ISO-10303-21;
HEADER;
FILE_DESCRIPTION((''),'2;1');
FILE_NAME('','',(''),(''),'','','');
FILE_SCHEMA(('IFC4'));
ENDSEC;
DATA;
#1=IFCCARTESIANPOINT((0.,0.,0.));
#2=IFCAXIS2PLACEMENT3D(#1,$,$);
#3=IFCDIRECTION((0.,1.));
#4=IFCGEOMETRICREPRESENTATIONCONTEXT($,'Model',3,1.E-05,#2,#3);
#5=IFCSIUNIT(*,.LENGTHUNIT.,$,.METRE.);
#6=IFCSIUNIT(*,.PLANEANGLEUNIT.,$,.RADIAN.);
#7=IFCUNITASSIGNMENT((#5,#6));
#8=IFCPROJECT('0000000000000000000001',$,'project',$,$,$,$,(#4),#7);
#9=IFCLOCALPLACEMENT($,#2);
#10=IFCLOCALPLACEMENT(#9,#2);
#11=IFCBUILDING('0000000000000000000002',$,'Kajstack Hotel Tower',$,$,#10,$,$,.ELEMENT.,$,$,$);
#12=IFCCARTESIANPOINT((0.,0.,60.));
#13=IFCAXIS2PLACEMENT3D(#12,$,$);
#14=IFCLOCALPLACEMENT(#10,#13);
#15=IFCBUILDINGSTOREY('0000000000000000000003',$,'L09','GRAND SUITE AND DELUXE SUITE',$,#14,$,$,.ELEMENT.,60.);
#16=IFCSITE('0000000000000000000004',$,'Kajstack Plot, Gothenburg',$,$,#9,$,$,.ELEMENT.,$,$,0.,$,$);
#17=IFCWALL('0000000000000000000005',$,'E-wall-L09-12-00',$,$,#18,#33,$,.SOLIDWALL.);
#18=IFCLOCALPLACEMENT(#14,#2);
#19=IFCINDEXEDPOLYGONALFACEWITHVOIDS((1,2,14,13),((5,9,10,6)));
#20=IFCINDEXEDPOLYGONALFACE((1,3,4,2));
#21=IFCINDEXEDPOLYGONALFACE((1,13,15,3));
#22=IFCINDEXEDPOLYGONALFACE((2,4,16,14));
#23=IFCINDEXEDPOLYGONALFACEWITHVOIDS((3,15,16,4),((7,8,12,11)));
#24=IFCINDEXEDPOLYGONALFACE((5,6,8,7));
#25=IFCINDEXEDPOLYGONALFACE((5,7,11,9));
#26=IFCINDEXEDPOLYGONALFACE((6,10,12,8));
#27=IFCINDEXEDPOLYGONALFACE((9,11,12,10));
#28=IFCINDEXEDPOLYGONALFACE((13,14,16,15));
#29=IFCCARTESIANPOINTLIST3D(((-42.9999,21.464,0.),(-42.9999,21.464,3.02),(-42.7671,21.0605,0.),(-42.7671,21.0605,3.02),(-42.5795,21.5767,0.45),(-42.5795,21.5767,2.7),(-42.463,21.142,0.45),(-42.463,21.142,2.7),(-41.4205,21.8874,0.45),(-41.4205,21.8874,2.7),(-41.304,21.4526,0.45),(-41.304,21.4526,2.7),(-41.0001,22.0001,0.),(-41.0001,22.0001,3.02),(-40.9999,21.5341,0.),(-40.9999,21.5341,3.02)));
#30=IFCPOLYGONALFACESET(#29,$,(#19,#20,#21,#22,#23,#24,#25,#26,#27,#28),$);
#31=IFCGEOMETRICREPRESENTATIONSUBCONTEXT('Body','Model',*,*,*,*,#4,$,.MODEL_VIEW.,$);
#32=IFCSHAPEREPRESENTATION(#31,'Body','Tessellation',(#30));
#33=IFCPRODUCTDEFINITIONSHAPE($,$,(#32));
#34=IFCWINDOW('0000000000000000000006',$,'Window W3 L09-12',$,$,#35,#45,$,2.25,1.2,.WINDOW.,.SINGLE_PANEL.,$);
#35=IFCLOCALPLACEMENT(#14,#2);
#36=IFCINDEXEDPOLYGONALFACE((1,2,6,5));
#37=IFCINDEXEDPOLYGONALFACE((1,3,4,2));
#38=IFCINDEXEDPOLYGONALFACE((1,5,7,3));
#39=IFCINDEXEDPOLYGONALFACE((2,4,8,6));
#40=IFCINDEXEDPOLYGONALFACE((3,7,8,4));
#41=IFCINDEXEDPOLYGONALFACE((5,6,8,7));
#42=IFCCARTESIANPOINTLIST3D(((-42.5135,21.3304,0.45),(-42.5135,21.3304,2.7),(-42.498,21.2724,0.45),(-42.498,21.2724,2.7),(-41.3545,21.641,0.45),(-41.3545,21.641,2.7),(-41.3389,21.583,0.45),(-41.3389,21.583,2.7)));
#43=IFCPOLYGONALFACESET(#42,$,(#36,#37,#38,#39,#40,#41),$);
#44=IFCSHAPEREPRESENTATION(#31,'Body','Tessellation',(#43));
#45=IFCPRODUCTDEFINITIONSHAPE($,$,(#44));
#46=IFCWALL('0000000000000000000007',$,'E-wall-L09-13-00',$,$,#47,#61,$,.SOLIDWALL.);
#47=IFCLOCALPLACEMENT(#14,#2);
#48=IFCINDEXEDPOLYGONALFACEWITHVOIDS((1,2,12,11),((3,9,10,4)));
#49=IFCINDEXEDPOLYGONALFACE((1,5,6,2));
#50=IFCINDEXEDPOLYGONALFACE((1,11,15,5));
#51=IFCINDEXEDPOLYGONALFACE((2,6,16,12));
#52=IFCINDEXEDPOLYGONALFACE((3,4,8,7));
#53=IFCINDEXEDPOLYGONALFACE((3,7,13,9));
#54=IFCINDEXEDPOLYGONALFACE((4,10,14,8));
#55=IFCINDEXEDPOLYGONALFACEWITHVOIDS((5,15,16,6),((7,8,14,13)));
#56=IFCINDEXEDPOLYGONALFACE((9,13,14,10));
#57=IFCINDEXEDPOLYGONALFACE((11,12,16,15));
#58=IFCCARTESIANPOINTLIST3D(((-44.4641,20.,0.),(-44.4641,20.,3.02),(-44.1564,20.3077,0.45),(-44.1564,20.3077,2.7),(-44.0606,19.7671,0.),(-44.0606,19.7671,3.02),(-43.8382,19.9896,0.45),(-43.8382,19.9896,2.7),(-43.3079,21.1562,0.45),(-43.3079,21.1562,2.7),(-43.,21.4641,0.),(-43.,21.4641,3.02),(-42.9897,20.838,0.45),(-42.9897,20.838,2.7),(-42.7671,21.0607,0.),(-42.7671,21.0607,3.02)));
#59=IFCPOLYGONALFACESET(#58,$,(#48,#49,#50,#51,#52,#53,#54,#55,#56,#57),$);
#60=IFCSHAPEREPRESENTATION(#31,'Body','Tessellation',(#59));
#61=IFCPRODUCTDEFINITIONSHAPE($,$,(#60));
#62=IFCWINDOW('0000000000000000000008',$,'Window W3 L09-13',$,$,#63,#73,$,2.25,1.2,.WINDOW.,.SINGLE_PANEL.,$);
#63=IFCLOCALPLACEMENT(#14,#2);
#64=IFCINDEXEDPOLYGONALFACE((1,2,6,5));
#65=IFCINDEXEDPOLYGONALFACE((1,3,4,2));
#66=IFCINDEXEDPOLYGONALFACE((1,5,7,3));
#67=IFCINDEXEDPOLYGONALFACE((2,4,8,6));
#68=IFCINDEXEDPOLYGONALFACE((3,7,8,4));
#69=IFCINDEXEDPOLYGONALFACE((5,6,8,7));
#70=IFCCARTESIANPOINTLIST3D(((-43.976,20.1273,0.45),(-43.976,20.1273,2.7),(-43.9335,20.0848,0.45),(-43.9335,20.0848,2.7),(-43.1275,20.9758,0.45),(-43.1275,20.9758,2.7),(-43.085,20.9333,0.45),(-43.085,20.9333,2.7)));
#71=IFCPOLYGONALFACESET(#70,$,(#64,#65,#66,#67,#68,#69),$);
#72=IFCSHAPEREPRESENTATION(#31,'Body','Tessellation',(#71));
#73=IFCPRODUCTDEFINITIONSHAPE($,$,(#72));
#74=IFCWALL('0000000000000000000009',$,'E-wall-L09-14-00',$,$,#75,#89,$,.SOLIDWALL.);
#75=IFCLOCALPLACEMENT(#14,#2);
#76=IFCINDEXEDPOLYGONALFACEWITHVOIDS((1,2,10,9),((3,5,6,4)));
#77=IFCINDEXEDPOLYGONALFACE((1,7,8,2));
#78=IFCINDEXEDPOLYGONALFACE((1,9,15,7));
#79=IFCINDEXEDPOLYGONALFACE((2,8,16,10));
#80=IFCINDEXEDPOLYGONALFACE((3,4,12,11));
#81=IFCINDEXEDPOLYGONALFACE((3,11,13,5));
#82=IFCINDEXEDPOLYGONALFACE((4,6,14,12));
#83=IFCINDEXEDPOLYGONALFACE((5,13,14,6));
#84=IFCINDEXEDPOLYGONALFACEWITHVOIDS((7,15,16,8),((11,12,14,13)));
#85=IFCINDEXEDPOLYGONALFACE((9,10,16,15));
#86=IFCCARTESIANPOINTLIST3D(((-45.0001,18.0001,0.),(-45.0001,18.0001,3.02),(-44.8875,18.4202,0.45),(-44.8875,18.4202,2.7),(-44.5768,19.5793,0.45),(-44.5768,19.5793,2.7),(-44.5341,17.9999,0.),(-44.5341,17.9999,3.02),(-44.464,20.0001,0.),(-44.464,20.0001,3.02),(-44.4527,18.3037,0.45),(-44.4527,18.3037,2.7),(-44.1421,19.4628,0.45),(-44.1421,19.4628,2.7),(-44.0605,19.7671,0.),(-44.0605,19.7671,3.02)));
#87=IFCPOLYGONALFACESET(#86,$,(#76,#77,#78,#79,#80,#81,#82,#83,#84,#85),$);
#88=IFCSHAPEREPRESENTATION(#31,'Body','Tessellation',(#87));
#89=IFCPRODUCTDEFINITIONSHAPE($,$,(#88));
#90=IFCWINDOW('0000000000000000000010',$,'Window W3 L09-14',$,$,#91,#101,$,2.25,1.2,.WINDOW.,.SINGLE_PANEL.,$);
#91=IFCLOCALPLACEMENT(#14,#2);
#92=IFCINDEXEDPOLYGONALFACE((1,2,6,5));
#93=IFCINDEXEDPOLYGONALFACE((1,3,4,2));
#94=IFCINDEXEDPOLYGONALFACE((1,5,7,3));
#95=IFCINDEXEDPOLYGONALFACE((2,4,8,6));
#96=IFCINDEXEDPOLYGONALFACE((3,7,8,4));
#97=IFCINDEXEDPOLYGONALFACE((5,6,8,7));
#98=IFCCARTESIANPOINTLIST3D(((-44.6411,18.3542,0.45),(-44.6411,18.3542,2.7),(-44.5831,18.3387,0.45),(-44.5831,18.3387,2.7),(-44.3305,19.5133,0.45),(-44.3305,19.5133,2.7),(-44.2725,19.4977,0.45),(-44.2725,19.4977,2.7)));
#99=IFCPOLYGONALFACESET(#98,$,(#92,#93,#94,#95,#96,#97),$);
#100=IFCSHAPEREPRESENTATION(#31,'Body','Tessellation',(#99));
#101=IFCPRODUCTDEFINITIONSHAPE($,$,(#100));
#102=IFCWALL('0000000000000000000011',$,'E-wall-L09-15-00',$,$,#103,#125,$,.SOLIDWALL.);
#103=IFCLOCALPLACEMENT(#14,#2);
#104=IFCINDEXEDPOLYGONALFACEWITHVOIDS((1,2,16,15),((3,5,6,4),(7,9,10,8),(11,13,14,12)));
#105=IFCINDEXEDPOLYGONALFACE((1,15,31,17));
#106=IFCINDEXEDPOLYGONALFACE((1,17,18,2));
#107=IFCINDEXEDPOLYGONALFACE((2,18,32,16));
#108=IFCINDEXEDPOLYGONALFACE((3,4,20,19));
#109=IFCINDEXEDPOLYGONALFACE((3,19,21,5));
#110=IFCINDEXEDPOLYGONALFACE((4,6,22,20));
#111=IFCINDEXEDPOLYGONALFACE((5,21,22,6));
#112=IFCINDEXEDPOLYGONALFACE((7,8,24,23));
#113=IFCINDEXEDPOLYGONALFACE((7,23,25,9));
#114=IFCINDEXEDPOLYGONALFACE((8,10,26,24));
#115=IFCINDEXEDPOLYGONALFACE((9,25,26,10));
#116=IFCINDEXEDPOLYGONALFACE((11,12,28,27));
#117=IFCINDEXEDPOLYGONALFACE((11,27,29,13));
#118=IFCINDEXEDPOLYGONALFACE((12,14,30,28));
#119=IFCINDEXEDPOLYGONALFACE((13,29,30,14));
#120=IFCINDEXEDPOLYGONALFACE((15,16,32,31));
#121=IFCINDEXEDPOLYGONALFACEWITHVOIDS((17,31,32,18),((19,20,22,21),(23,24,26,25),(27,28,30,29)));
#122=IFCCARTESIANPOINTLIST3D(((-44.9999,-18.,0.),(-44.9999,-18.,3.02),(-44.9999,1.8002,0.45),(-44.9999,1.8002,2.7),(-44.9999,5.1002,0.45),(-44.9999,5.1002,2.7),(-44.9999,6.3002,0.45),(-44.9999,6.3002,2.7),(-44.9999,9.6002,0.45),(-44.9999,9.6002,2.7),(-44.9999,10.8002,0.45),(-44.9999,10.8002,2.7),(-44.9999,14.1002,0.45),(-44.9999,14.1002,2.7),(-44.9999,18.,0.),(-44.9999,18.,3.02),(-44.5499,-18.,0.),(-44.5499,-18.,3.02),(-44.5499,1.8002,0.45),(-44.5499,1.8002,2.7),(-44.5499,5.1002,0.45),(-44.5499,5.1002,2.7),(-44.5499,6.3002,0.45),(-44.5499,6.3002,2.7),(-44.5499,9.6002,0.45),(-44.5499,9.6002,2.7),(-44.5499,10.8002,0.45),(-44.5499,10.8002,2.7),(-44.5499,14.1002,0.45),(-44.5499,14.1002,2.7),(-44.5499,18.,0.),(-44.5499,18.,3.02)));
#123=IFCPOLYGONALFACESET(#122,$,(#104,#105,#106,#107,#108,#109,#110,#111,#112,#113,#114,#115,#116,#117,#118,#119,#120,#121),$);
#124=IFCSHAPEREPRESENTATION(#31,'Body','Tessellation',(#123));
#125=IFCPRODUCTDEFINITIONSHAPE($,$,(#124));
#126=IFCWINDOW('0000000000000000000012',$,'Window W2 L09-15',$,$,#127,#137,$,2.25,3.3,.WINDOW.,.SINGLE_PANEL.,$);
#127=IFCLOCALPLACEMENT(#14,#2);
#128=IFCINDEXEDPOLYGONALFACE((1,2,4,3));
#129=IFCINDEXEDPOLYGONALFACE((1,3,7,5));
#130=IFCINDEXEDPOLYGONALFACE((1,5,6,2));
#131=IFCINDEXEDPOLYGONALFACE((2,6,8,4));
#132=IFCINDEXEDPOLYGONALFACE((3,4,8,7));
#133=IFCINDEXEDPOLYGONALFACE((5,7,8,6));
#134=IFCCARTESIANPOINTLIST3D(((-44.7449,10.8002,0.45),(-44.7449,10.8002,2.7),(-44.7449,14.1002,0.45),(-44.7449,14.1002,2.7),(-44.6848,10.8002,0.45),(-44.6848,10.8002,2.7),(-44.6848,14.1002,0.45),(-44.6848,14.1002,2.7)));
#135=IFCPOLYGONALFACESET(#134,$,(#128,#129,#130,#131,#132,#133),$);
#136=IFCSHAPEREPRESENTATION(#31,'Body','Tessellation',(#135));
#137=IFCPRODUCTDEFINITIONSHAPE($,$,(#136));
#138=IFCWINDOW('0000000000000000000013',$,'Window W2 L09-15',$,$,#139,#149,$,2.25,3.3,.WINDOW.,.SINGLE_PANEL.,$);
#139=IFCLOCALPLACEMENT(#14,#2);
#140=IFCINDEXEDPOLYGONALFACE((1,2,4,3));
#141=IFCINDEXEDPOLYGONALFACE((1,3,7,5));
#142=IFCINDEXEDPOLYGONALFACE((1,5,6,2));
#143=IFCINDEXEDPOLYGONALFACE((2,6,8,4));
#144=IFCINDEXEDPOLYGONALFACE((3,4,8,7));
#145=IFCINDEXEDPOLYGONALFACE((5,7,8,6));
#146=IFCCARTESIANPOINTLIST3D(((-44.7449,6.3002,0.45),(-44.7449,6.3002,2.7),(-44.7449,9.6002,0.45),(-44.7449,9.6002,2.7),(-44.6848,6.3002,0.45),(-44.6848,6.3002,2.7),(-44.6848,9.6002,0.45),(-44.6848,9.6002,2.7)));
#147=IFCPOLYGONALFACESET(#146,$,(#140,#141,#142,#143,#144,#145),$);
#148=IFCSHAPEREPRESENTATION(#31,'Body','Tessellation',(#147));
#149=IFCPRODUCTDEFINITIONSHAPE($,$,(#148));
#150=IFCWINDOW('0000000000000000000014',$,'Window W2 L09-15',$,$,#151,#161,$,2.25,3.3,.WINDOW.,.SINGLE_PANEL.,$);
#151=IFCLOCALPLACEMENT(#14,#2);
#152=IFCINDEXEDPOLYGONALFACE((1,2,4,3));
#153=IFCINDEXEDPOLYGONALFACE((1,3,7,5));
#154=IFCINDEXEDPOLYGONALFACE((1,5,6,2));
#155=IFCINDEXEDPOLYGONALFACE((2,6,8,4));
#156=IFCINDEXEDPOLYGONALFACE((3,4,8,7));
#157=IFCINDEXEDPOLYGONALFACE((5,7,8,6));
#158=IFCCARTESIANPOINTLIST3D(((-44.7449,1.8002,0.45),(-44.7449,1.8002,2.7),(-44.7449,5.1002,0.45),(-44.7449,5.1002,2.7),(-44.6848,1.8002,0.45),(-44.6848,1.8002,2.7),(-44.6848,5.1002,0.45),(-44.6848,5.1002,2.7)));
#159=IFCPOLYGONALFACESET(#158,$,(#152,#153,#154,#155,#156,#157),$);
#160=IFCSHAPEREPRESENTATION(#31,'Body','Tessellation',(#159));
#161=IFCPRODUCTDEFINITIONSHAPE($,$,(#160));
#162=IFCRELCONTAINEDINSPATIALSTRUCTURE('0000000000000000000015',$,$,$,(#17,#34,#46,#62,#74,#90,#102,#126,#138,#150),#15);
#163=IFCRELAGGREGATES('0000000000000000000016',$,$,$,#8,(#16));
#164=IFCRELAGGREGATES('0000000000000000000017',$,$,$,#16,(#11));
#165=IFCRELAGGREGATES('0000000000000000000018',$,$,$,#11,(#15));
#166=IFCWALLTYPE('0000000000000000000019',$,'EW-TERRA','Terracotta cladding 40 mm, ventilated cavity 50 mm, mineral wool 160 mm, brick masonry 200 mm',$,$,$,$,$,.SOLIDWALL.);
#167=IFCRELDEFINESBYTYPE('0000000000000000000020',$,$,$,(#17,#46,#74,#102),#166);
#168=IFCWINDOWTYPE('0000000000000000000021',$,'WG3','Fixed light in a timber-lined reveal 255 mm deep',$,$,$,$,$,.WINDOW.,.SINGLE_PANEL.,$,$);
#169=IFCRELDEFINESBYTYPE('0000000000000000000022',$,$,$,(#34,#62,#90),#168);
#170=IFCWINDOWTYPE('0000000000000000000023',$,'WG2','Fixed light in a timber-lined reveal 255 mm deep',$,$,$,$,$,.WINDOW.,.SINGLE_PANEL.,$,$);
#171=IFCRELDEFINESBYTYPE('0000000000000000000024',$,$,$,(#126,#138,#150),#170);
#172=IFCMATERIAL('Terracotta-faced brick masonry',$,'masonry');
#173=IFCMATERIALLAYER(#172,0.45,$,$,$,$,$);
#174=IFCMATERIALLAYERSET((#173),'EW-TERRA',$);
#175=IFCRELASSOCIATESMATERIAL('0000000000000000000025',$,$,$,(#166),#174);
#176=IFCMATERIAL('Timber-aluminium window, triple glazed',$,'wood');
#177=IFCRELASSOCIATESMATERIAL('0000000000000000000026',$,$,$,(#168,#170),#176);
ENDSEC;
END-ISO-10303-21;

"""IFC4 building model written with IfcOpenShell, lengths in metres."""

from ifc_helpers import new_model, si_unit, direction, frame, frame_2d, origin, place, context, subcontext, project, spatial, polyline, rectangle, outline, extrude, material, layer, layer_set, type_object, element, fill, save


model = new_model("IFC4")

# Units and contexts
model_context = context("Model", 3, precision=1e-05, world=origin(), true_north=direction((0.0, 1.0)))
body_context = subcontext(model_context, "Body", "Model", "MODEL_VIEW")
ifc_project = project(units=[si_unit("LENGTHUNIT", "METRE"), si_unit("PLANEANGLEUNIT", "RADIAN")], contexts=[model_context])

# Site, building, storey
site_placement = place(None, origin())
site = spatial("IfcSite", under=ifc_project, at=site_placement, Name="Kajstack Plot, Gothenburg", CompositionType="ELEMENT", RefElevation=0.0)
building_placement = place(site_placement, origin())
building = spatial("IfcBuilding", under=site, at=building_placement, Name="Kajstack Hotel Tower", CompositionType="ELEMENT")
storey_placement = place(building_placement, frame((0.0, 0.0, 60.0)))
storey = spatial("IfcBuildingStorey", under=building, at=storey_placement, Name="L09", Description="GRAND SUITE AND DELUXE SUITE", CompositionType="ELEMENT", Elevation=60.0)

# Walls, openings, windows
ifc_material_1 = material(Name="Terracotta-faced brick masonry", Category="masonry")
ifc_layer_1 = layer(ifc_material_1, 0.45)
ifc_layer_set_1 = layer_set([ifc_layer_1], Name="EW-TERRA")
wall_type_1 = type_object("IfcWallType", Name="EW-TERRA", Description="Terracotta cladding 40 mm, ventilated cavity 50 mm, mineral wool 160 mm, brick masonry 200 mm", PredefinedType="SOLIDWALL", material=ifc_layer_set_1)
wall_1_placement = place(storey_placement, frame((-40.9417, 21.7827, 0.0), z_axis=(0.0, 0.0, 1.0), x_axis=(-0.965927, -0.258815, 0.0)))
wall_1 = element("IfcWall", 1, at=wall_1_placement, inside=storey, type_object=wall_type_1, Name="E-wall-L09-12-00", PredefinedType="SOLIDWALL", context=body_context, shape_type="SweptSolid", body=[
    extrude(outline(polyline([(0.0002, -0.2251), (2.0706, -0.2249), (1.9502, 0.2251), (0.1206, 0.2251), (0.0002, -0.2251)])), origin(), (0.0, 0.0, 1.0), 3.02),
])
opening_1_placement = place(wall_1_placement, frame((0.4353, 0.0, 0.45)))
opening_1 = element("IfcOpeningElement", 2, at=opening_1_placement, cuts=wall_1, PredefinedType="OPENING", context=body_context, shape_type="SweptSolid", body=[
    extrude(rectangle(XDim=1.2, YDim=2.25, at=frame_2d((0.6001, 1.125))), frame((0.0, 0.2349, 0.0), z_axis=(0.0, -1.0, 0.0), x_axis=(1.0, 0.0, 0.0)), (0.0, 0.0, 1.0), 0.47),
])
ifc_material_2 = material(Name="Timber-aluminium window, triple glazed", Category="wood")
window_type_1 = type_object("IfcWindowType", Name="WG3", Description="Fixed light in a timber-lined reveal 255 mm deep", PartitioningType="SINGLE_PANEL", PredefinedType="WINDOW", material=ifc_material_2)
window_1_placement = place(opening_1_placement, origin())
window_1 = element("IfcWindow", 3, at=window_1_placement, inside=storey, type_object=window_type_1, Name="Window W3 L09-12", OverallHeight=2.25, OverallWidth=1.2, PartitioningType="SINGLE_PANEL", PredefinedType="WINDOW", context=body_context, shape_type="SweptSolid", body=[
    extrude(rectangle(XDim=1.2, YDim=2.25, at=frame_2d((0.6001, 1.125))), frame((0.0, 0.0901, 0.0), z_axis=(0.0, -1.0, 0.0), x_axis=(1.0, 0.0, 0.0)), (0.0, 0.0, 1.0), 0.0601),
])
fill(opening_1, window_1)
wall_2_placement = place(storey_placement, frame((-42.8408, 21.3049, 0.0), z_axis=(0.0, 0.0, 1.0), x_axis=(-0.707107, -0.707107, 0.0)))
wall_2 = element("IfcWall", 4, at=wall_2_placement, inside=storey, type_object=wall_type_1, Name="E-wall-L09-13-00", PredefinedType="SOLIDWALL", context=body_context, shape_type="SweptSolid", body=[
    extrude(outline(polyline([(0.0, -0.2251), (2.0706, -0.2251), (1.95, 0.2249), (0.1206, 0.2249), (0.0, -0.2251)])), origin(), (0.0, 0.0, 1.0), 3.02),
])
opening_2_placement = place(wall_2_placement, frame((0.4353, 0.0, 0.45)))
opening_2 = element("IfcOpeningElement", 5, at=opening_2_placement, cuts=wall_2, PredefinedType="OPENING", context=body_context, shape_type="SweptSolid", body=[
    extrude(rectangle(XDim=1.2, YDim=2.25, at=frame_2d((0.6001, 1.125))), frame((0.0, 0.2349, 0.0), z_axis=(0.0, -1.0, 0.0), x_axis=(1.0, 0.0, 0.0)), (0.0, 0.0, 1.0), 0.47),
])
window_2_placement = place(opening_2_placement, origin())
window_2 = element("IfcWindow", 6, at=window_2_placement, inside=storey, type_object=window_type_1, Name="Window W3 L09-13", OverallHeight=2.25, OverallWidth=1.2, PartitioningType="SINGLE_PANEL", PredefinedType="WINDOW", context=body_context, shape_type="SweptSolid", body=[
    extrude(rectangle(XDim=1.2, YDim=2.25, at=frame_2d((0.6001, 1.125))), frame((0.0, 0.0901, 0.0), z_axis=(0.0, -1.0, 0.0), x_axis=(1.0, 0.0, 0.0)), (0.0, 0.0, 1.0), 0.0601),
])
fill(opening_2, window_2)
wall_3_placement = place(storey_placement, frame((-44.2468, 19.9417, 0.0), z_axis=(0.0, 0.0, 1.0), x_axis=(-0.258815, -0.965927, 0.0)))
wall_3 = element("IfcWall", 7, at=wall_3_placement, inside=storey, type_object=wall_type_1, Name="E-wall-L09-14-00", PredefinedType="SOLIDWALL", context=body_context, shape_type="SweptSolid", body=[
    extrude(outline(polyline([(-0.0002, -0.2249), (2.0703, -0.2251), (1.95, 0.2251), (0.1204, 0.2251), (-0.0002, -0.2249)])), origin(), (0.0, 0.0, 1.0), 3.02),
])
opening_3_placement = place(wall_3_placement, frame((0.4353, 0.0, 0.45)))
opening_3 = element("IfcOpeningElement", 8, at=opening_3_placement, cuts=wall_3, PredefinedType="OPENING", context=body_context, shape_type="SweptSolid", body=[
    extrude(rectangle(XDim=1.2, YDim=2.25, at=frame_2d((0.6001, 1.125))), frame((0.0, 0.2349, 0.0), z_axis=(0.0, -1.0, 0.0), x_axis=(1.0, 0.0, 0.0)), (0.0, 0.0, 1.0), 0.47),
])
window_3_placement = place(opening_3_placement, origin())
window_3 = element("IfcWindow", 9, at=window_3_placement, inside=storey, type_object=window_type_1, Name="Window W3 L09-14", OverallHeight=2.25, OverallWidth=1.2, PartitioningType="SINGLE_PANEL", PredefinedType="WINDOW", context=body_context, shape_type="SweptSolid", body=[
    extrude(rectangle(XDim=1.2, YDim=2.25, at=frame_2d((0.6001, 1.125))), frame((0.0, 0.0901, 0.0), z_axis=(0.0, -1.0, 0.0), x_axis=(1.0, 0.0, 0.0)), (0.0, 0.0, 1.0), 0.0601),
])
fill(opening_3, window_3)

# Wall, openings, windows
wall_4_placement = place(storey_placement, frame((-44.7749, 18.0, 0.0), z_axis=(0.0, 0.0, 1.0), x_axis=(0.0, -1.0, 0.0)))
wall_4 = element("IfcWall", 10, at=wall_4_placement, inside=storey, type_object=wall_type_1, Name="E-wall-L09-15-00", PredefinedType="SOLIDWALL", context=body_context, shape_type="SweptSolid", body=[
    extrude(rectangle(XDim=36.0, YDim=0.45, at=frame_2d((18.0, 0.0))), origin(), (0.0, 0.0, 1.0), 3.02),
])
opening_4_placement = place(wall_4_placement, frame((3.8999, 0.0, 0.45)))
opening_4 = element("IfcOpeningElement", 11, at=opening_4_placement, cuts=wall_4, PredefinedType="OPENING", context=body_context, shape_type="SweptSolid", body=[
    extrude(rectangle(XDim=3.3, YDim=2.25, at=frame_2d((1.6499, 1.125))), frame((0.0, 0.2349, 0.0), z_axis=(0.0, -1.0, 0.0), x_axis=(1.0, 0.0, 0.0)), (0.0, 0.0, 1.0), 0.47),
])
opening_5_placement = place(wall_4_placement, frame((8.3999, 0.0, 0.45)))
opening_5 = element("IfcOpeningElement", 12, at=opening_5_placement, cuts=wall_4, PredefinedType="OPENING", context=body_context, shape_type="SweptSolid", body=[
    extrude(rectangle(XDim=3.3, YDim=2.25, at=frame_2d((1.6499, 1.125))), frame((0.0, 0.2349, 0.0), z_axis=(0.0, -1.0, 0.0), x_axis=(1.0, 0.0, 0.0)), (0.0, 0.0, 1.0), 0.47),
])
opening_6_placement = place(wall_4_placement, frame((12.8999, 0.0, 0.45)))
opening_6 = element("IfcOpeningElement", 13, at=opening_6_placement, cuts=wall_4, PredefinedType="OPENING", context=body_context, shape_type="SweptSolid", body=[
    extrude(rectangle(XDim=3.3, YDim=2.25, at=frame_2d((1.6499, 1.125))), frame((0.0, 0.2349, 0.0), z_axis=(0.0, -1.0, 0.0), x_axis=(1.0, 0.0, 0.0)), (0.0, 0.0, 1.0), 0.47),
])
window_type_2 = type_object("IfcWindowType", Name="WG2", Description="Fixed light in a timber-lined reveal 255 mm deep", PartitioningType="SINGLE_PANEL", PredefinedType="WINDOW", material=ifc_material_2)
window_4_placement = place(opening_4_placement, origin())
window_4 = element("IfcWindow", 14, at=window_4_placement, inside=storey, type_object=window_type_2, Name="Window W2 L09-15", OverallHeight=2.25, OverallWidth=3.3, PartitioningType="SINGLE_PANEL", PredefinedType="WINDOW", context=body_context, shape_type="SweptSolid", body=[
    extrude(rectangle(XDim=3.3, YDim=2.25, at=frame_2d((1.6499, 1.125))), frame((0.0, 0.0901, 0.0), z_axis=(0.0, -1.0, 0.0), x_axis=(1.0, 0.0, 0.0)), (0.0, 0.0, 1.0), 0.0601),
])
fill(opening_4, window_4)
window_5_placement = place(opening_5_placement, origin())
window_5 = element("IfcWindow", 15, at=window_5_placement, inside=storey, type_object=window_type_2, Name="Window W2 L09-15", OverallHeight=2.25, OverallWidth=3.3, PartitioningType="SINGLE_PANEL", PredefinedType="WINDOW", context=body_context, shape_type="SweptSolid", body=[
    extrude(rectangle(XDim=3.3, YDim=2.25, at=frame_2d((1.6499, 1.125))), frame((0.0, 0.0901, 0.0), z_axis=(0.0, -1.0, 0.0), x_axis=(1.0, 0.0, 0.0)), (0.0, 0.0, 1.0), 0.0601),
])
fill(opening_5, window_5)
window_6_placement = place(opening_6_placement, origin())
window_6 = element("IfcWindow", 16, at=window_6_placement, inside=storey, type_object=window_type_2, Name="Window W2 L09-15", OverallHeight=2.25, OverallWidth=3.3, PartitioningType="SINGLE_PANEL", PredefinedType="WINDOW", context=body_context, shape_type="SweptSolid", body=[
    extrude(rectangle(XDim=3.3, YDim=2.25, at=frame_2d((1.6499, 1.125))), frame((0.0, 0.0901, 0.0), z_axis=(0.0, -1.0, 0.0), x_axis=(1.0, 0.0, 0.0)), (0.0, 0.0, 1.0), 0.0601),
])
fill(opening_6, window_6)

save(model, "model.ifc")
